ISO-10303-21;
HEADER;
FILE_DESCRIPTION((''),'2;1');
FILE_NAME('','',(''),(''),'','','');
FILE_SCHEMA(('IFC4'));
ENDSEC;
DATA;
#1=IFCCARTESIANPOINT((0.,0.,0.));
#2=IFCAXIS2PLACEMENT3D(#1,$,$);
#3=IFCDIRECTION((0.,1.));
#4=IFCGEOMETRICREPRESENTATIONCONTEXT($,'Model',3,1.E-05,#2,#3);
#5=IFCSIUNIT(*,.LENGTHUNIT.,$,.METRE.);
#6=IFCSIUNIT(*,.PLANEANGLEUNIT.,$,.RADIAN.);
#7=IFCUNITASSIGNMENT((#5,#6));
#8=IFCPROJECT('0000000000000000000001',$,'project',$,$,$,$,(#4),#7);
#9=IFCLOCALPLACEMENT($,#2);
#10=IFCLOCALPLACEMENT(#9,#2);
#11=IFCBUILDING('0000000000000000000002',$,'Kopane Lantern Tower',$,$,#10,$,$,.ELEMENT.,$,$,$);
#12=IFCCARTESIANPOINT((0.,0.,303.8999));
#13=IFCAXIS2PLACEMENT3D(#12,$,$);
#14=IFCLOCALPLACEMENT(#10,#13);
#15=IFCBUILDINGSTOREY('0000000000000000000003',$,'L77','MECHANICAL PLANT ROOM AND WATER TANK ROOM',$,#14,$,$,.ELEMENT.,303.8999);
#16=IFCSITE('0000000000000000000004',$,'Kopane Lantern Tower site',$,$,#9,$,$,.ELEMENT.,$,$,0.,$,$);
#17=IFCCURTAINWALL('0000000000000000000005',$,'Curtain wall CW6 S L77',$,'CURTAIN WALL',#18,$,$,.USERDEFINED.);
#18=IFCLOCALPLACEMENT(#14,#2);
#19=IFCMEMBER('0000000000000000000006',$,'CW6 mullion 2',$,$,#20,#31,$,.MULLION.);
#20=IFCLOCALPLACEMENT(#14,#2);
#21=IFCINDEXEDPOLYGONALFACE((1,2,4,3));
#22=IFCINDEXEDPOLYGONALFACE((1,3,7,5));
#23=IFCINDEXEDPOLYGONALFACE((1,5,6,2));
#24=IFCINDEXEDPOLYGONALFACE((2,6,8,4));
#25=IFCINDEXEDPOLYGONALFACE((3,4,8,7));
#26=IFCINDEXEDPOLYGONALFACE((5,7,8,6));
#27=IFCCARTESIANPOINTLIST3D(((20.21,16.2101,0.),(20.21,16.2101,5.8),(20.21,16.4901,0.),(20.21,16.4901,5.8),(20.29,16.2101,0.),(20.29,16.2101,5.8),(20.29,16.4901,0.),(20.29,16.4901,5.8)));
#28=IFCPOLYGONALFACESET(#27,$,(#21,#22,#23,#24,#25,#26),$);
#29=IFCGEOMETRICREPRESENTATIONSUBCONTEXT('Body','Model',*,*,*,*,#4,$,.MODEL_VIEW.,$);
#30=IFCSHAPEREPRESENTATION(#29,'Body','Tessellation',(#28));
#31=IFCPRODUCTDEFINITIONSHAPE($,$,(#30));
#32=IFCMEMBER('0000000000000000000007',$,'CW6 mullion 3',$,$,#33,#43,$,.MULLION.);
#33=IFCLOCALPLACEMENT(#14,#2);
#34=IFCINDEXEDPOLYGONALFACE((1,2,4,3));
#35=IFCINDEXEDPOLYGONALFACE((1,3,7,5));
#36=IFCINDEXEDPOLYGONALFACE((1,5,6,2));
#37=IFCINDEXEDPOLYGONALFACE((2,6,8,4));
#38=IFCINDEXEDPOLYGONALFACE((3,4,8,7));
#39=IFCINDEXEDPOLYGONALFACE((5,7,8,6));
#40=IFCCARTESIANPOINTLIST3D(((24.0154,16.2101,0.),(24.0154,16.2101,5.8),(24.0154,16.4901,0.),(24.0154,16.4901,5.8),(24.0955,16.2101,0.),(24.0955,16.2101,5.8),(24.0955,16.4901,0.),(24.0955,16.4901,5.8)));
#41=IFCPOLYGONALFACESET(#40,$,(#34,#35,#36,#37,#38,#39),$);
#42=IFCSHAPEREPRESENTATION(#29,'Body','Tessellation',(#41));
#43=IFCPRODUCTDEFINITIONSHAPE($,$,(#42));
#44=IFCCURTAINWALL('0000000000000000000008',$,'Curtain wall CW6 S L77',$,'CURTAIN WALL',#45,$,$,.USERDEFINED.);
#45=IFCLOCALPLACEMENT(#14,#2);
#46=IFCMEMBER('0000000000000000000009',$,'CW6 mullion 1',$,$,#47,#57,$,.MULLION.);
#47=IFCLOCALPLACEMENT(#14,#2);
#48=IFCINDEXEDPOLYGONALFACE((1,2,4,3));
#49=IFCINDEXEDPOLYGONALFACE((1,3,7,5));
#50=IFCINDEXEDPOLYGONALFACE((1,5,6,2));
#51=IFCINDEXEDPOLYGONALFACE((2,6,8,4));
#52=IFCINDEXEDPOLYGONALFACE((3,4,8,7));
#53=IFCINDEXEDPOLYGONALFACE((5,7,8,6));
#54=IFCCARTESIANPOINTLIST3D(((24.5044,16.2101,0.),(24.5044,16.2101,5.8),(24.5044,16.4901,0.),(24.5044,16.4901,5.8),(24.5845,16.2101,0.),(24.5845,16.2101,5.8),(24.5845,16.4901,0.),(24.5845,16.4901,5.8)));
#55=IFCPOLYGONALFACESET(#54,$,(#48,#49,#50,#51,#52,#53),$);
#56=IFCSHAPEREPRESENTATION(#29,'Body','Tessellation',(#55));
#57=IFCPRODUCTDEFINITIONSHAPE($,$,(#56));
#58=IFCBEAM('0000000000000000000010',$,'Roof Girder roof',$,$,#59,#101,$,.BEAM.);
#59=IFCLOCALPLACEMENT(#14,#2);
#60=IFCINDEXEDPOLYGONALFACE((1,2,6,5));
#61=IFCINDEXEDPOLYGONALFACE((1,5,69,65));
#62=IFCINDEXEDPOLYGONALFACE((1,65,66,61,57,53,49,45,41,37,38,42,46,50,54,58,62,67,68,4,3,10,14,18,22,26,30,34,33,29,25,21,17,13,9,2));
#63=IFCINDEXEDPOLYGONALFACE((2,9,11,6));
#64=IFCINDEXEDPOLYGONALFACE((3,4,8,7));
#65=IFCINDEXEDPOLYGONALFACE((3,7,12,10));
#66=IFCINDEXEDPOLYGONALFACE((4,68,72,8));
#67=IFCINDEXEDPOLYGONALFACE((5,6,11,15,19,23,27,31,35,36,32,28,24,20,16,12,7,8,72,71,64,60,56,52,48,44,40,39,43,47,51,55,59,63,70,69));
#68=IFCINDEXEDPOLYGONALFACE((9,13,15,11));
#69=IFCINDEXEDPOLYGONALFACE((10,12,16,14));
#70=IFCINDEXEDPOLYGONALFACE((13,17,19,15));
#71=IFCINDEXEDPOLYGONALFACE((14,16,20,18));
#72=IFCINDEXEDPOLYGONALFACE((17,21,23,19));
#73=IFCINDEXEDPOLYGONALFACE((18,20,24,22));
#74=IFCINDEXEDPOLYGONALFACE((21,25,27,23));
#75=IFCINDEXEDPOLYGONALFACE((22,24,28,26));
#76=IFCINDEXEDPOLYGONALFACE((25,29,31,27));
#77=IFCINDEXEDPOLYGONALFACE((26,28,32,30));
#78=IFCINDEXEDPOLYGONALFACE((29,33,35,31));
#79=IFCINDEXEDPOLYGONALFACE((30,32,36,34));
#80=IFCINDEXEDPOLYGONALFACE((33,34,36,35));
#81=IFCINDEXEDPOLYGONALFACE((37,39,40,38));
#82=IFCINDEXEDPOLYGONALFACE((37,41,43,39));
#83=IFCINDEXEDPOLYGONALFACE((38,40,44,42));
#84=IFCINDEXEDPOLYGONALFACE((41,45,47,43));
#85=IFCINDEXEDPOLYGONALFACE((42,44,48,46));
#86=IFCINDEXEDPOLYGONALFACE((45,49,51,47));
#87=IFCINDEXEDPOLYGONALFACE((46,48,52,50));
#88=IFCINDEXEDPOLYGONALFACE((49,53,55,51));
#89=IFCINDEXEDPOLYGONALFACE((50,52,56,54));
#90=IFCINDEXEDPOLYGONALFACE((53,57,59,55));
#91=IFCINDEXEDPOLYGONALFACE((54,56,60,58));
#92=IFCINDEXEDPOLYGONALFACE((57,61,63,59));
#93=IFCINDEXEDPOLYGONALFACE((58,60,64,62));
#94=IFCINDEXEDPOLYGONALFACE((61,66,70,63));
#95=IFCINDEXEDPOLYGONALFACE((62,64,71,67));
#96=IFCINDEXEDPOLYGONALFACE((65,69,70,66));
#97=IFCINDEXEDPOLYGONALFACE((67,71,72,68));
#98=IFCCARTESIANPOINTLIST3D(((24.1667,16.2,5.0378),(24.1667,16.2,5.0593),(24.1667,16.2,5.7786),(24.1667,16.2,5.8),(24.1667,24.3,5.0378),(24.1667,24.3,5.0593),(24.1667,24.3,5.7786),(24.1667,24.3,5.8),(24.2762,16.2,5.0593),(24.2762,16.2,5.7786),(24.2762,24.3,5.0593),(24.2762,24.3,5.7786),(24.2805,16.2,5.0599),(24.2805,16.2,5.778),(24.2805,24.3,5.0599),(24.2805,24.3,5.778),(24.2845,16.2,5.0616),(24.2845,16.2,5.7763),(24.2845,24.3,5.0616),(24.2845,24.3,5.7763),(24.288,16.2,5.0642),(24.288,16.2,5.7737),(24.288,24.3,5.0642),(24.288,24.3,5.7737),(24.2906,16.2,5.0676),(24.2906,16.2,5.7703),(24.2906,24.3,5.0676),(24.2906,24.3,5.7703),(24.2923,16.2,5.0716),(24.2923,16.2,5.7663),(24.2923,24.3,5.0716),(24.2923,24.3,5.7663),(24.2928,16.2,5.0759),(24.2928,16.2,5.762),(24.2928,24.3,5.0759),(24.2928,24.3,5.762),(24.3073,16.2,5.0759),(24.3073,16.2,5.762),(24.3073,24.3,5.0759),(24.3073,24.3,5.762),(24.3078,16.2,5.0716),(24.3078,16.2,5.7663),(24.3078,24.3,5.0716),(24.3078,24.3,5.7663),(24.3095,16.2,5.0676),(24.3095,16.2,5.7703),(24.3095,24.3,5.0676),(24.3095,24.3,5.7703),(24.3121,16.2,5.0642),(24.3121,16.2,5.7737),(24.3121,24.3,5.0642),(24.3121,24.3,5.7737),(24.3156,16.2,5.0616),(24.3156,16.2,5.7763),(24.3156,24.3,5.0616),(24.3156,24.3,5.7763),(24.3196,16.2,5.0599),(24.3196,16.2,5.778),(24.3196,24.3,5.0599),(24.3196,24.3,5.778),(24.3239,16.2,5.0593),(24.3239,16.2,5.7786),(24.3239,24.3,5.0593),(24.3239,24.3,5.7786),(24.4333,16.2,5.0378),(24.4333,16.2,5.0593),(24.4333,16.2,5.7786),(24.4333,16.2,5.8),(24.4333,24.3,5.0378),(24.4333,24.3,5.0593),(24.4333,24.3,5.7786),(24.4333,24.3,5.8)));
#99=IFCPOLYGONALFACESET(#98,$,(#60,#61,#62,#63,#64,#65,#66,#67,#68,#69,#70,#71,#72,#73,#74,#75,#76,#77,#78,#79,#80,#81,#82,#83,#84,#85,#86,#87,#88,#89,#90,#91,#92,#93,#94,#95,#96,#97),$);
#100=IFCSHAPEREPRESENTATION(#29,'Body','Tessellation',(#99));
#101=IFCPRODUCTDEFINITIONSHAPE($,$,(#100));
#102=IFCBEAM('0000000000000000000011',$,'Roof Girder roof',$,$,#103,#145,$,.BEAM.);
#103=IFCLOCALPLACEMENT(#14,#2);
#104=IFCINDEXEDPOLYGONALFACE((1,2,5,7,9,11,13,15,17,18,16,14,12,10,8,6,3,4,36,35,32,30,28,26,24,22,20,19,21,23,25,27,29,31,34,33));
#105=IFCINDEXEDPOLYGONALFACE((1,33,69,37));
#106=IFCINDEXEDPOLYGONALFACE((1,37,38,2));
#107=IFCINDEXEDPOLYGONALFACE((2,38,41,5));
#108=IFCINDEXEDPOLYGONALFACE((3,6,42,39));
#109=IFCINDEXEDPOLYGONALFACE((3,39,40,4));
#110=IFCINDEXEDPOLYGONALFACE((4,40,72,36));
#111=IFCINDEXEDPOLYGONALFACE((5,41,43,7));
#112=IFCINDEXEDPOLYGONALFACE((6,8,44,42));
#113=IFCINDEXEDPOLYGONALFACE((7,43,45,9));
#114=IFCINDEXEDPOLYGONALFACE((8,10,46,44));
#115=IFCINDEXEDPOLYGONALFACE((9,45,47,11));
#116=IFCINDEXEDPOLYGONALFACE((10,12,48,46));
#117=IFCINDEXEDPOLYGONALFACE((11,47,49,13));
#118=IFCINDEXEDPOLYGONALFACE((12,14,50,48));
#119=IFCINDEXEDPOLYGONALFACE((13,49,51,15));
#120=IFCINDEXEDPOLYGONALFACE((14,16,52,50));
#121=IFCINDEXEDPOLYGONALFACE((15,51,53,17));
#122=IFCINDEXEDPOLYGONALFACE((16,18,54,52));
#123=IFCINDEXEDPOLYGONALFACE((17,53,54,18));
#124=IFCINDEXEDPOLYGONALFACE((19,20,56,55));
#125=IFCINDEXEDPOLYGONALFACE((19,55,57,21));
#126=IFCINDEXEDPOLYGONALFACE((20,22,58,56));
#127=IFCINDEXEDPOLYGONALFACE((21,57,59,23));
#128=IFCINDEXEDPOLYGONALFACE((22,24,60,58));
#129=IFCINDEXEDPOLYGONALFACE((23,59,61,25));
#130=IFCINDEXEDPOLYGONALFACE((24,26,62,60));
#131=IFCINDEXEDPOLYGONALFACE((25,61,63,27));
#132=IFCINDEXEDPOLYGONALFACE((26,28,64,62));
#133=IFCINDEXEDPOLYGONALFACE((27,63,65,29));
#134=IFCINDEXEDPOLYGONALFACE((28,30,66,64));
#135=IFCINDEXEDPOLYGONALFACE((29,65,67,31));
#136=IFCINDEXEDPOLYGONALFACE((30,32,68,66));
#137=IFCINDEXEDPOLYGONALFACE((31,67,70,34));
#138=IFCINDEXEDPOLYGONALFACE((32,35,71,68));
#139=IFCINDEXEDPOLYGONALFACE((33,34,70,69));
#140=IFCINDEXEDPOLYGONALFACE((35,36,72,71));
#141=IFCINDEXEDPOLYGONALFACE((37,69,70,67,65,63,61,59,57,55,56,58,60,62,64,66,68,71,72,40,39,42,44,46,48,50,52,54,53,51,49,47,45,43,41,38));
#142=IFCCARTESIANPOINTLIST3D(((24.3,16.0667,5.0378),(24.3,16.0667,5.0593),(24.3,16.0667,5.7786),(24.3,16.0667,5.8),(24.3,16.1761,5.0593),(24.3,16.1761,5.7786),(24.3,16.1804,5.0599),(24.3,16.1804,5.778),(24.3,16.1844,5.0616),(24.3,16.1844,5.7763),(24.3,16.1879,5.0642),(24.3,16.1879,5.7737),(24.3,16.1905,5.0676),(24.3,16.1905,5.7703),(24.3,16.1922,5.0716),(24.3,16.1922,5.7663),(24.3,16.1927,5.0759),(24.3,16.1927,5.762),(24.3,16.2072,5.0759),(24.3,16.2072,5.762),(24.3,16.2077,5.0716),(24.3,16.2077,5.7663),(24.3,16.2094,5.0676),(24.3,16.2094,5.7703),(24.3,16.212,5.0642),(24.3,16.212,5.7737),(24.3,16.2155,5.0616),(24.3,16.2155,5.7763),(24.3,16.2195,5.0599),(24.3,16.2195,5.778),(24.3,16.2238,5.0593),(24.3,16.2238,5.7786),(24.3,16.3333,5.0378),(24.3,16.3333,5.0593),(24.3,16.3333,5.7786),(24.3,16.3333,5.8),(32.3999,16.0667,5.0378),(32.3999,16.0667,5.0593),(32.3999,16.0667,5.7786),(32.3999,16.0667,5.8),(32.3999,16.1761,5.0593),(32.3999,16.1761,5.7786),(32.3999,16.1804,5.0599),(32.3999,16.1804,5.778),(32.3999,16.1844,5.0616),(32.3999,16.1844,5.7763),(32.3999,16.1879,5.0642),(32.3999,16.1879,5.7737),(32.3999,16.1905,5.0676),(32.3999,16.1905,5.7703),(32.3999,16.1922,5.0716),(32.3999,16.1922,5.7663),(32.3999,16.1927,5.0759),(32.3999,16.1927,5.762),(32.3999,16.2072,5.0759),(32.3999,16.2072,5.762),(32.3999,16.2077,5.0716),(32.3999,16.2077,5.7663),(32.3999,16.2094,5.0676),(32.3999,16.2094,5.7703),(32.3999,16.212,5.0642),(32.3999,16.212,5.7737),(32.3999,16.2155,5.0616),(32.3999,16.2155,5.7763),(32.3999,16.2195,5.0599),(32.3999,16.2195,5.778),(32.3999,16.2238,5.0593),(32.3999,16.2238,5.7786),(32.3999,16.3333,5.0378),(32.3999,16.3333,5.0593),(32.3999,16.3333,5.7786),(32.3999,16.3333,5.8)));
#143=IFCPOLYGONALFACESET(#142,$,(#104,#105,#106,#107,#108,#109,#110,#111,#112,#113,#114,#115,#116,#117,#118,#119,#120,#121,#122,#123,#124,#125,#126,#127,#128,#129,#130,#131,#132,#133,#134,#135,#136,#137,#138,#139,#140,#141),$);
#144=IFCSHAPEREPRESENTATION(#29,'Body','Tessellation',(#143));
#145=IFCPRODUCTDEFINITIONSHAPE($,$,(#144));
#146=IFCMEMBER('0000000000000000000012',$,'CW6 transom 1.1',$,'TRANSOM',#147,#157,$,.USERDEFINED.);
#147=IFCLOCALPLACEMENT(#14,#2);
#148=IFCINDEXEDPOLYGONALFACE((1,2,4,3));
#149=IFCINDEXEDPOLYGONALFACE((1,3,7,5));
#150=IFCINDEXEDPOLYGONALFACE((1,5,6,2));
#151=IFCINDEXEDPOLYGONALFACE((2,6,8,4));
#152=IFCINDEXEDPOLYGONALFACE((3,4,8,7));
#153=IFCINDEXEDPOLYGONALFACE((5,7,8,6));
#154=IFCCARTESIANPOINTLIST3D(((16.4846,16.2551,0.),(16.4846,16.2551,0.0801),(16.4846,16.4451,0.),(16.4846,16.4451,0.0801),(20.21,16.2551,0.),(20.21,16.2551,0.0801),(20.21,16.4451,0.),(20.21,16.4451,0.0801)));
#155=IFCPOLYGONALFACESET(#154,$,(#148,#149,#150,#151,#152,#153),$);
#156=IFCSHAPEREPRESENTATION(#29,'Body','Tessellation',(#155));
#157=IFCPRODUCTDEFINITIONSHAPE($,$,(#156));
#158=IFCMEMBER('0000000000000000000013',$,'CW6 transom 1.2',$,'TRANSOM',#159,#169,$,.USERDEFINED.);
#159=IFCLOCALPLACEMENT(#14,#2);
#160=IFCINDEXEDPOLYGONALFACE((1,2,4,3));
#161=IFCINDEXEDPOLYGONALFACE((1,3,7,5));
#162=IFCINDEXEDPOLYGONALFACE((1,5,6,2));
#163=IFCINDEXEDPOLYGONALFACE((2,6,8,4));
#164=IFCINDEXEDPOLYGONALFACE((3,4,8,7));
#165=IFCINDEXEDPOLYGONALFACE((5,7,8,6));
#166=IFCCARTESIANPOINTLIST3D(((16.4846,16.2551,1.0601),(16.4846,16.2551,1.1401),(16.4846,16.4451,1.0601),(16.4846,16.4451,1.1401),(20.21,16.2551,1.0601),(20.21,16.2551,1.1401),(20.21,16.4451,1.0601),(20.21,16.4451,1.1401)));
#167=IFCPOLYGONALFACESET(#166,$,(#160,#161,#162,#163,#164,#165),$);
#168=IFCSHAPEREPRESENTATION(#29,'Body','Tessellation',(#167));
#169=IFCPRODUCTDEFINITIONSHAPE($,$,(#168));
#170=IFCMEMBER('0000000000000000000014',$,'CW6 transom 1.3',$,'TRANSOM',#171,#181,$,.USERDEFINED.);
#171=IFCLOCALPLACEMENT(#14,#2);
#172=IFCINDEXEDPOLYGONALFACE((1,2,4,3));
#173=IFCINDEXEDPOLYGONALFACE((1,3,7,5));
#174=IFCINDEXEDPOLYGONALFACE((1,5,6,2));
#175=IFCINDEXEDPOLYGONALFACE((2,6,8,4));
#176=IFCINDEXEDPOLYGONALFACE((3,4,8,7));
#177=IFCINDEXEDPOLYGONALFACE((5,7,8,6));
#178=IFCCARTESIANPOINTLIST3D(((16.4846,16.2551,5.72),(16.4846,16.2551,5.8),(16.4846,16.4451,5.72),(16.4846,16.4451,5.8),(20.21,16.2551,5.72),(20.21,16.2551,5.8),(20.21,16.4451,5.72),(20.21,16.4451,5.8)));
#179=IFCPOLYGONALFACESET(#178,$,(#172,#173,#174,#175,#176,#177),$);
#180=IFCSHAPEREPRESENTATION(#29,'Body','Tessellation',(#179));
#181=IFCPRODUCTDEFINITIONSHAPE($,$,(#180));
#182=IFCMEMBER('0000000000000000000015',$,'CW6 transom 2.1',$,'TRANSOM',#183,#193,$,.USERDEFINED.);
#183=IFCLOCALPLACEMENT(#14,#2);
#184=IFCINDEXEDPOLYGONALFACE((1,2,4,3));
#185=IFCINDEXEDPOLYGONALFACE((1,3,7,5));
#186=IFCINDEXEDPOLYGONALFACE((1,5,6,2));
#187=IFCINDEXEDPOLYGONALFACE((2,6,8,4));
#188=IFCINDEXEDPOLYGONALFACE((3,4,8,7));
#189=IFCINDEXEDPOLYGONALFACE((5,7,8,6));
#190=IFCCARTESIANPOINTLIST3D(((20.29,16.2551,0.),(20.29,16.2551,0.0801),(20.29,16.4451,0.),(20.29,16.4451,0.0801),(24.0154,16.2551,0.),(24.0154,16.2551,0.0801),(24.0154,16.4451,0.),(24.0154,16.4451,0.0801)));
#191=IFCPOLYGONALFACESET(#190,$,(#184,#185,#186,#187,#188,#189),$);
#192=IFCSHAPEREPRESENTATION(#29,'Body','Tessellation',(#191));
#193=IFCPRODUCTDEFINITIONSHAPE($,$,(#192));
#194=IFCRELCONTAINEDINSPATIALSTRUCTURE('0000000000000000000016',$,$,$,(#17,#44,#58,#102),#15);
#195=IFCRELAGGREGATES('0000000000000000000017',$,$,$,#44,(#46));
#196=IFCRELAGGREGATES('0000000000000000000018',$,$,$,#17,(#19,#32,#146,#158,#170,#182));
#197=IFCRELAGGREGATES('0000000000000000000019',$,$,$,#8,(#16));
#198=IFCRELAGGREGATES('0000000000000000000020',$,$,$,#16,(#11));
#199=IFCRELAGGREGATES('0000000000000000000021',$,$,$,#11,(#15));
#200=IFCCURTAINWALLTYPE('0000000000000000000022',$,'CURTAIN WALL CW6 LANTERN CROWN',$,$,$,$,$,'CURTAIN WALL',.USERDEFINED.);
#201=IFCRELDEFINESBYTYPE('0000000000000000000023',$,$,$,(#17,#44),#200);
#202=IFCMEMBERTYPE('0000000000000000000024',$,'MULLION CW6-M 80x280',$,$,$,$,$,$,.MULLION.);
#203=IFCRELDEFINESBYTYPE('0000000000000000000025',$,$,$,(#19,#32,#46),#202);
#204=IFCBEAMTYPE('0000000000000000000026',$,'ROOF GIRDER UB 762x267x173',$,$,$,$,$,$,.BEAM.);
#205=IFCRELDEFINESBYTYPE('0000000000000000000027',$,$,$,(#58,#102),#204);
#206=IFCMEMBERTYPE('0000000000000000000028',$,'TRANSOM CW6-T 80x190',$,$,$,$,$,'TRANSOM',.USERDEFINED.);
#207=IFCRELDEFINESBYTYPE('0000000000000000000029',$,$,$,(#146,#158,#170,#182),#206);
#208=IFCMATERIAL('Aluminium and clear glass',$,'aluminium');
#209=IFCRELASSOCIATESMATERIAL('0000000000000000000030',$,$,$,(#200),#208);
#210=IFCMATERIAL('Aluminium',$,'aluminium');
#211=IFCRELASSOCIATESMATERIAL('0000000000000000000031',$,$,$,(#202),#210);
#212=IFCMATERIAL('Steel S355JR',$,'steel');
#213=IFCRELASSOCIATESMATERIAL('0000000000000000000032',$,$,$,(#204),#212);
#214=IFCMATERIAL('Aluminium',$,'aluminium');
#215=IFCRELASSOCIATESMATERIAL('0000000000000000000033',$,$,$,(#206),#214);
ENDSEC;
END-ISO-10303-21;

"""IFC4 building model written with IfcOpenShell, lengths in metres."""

from ifc_helpers import new_model, si_unit, direction, frame, origin, origin_2d, place, context, subcontext, project, spatial, rectangle, i_section, extrude, material, material_profile, profile_set, type_object, element, aggregate, save


model = new_model("IFC4")

# Units and contexts
model_context = context("Model", 3, precision=1e-05, world=origin(), true_north=direction((0.0, 1.0)))
body_context = subcontext(model_context, "Body", "Model", "MODEL_VIEW")
ifc_project = project(units=[si_unit("LENGTHUNIT", "METRE"), si_unit("PLANEANGLEUNIT", "RADIAN")], contexts=[model_context])

# Site, building, storey
site_placement = place(None, origin())
site = spatial("IfcSite", under=ifc_project, at=site_placement, Name="Kopane Lantern Tower site", CompositionType="ELEMENT", RefElevation=0.0)
building_placement = place(site_placement, origin())
building = spatial("IfcBuilding", under=site, at=building_placement, Name="Kopane Lantern Tower", CompositionType="ELEMENT")
storey_placement = place(building_placement, frame((0.0, 0.0, 303.8999)))
storey = spatial("IfcBuildingStorey", under=building, at=storey_placement, Name="L77", Description="MECHANICAL PLANT ROOM AND WATER TANK ROOM", CompositionType="ELEMENT", Elevation=303.8999)

# Curtain wall, members
ifc_material_1 = material(Name="Aluminium and clear glass", Category="aluminium")
curtain_wall_type = type_object("IfcCurtainWallType", Name="CURTAIN WALL CW6 LANTERN CROWN", ElementType="CURTAIN WALL", PredefinedType="USERDEFINED", material=ifc_material_1)
curtain_wall_1_placement = place(storey_placement, origin())
curtain_wall_1 = element("IfcCurtainWall", 1, at=curtain_wall_1_placement, inside=storey, type_object=curtain_wall_type, Name="Curtain wall CW6 S L77", ObjectType="CURTAIN WALL", PredefinedType="USERDEFINED")
ifc_material_2 = material(Name="Aluminium", Category="aluminium")
ifc_material_profile_1 = material_profile(ifc_material_2, rectangle(XDim=0.0801, YDim=0.28, at=origin_2d()), Name="AL 80x280")
ifc_profile_set_1 = profile_set([ifc_material_profile_1], Name="Aluminium")
member_type_1 = type_object("IfcMemberType", Name="MULLION CW6-M 80x280", PredefinedType="MULLION", material=ifc_profile_set_1)
member_1_placement = place(storey_placement, frame((20.25, 16.3501, 0.0), z_axis=(0.0, 0.0, 1.0), x_axis=(1.0, 0.0, 0.0)))
member_1 = element("IfcMember", 2, at=member_1_placement, type_object=member_type_1, Name="CW6 mullion 2", PredefinedType="MULLION", context=body_context, shape_type="SweptSolid", body=[
    extrude(rectangle(XDim=0.0801, YDim=0.28, at=origin_2d()), origin(), (0.0, 0.0, 1.0), 5.8),
])
member_2_placement = place(storey_placement, frame((24.0554, 16.3501, 0.0), z_axis=(0.0, 0.0, 1.0), x_axis=(1.0, 0.0, 0.0)))
member_2 = element("IfcMember", 3, at=member_2_placement, type_object=member_type_1, Name="CW6 mullion 3", PredefinedType="MULLION", context=body_context, shape_type="SweptSolid", body=[
    extrude(rectangle(XDim=0.0801, YDim=0.28, at=origin_2d()), origin(), (0.0, 0.0, 1.0), 5.8),
])

# Curtain wall, member
curtain_wall_2_placement = place(storey_placement, origin())
curtain_wall_2 = element("IfcCurtainWall", 4, at=curtain_wall_2_placement, inside=storey, type_object=curtain_wall_type, Name="Curtain wall CW6 S L77", ObjectType="CURTAIN WALL", PredefinedType="USERDEFINED")
member_3_placement = place(storey_placement, frame((24.5444, 16.3501, 0.0), z_axis=(0.0, 0.0, 1.0), x_axis=(1.0, 0.0, 0.0)))
member_3 = element("IfcMember", 5, at=member_3_placement, type_object=member_type_1, Name="CW6 mullion 1", PredefinedType="MULLION", context=body_context, shape_type="SweptSolid", body=[
    extrude(rectangle(XDim=0.0801, YDim=0.28, at=origin_2d()), origin(), (0.0, 0.0, 1.0), 5.8),
])

# Beams
ifc_material_3 = material(Name="Steel S355JR", Category="steel")
ifc_material_profile_2 = material_profile(ifc_material_3, i_section(OverallWidth=0.2666, OverallDepth=0.7622, WebThickness=0.0144, FlangeThickness=0.0215, FilletRadius=0.0166, at=origin_2d()), Name="UB 762x267x173")
ifc_profile_set_2 = profile_set([ifc_material_profile_2], Name="Steel S355JR")
beam_type_1 = type_object("IfcBeamType", Name="ROOF GIRDER UB 762x267x173", PredefinedType="BEAM", material=ifc_profile_set_2)
beam_1_placement = place(storey_placement, frame((24.3, 16.2, 5.4189), z_axis=(0.0, 1.0, 0.0), x_axis=(-1.0, 0.0, 0.0)))
element("IfcBeam", 6, at=beam_1_placement, inside=storey, type_object=beam_type_1, Name="Roof Girder roof", PredefinedType="BEAM", context=body_context, shape_type="SweptSolid", body=[
    extrude(i_section(OverallWidth=0.2666, OverallDepth=0.7622, WebThickness=0.0144, FlangeThickness=0.0215, FilletRadius=0.0166, at=origin_2d()), origin(), (0.0, 0.0, 1.0), 8.1001),
])
beam_2_placement = place(storey_placement, frame((24.3, 16.2, 5.4189), z_axis=(1.0, 0.0, 0.0), x_axis=(0.0, 1.0, 0.0)))
element("IfcBeam", 7, at=beam_2_placement, inside=storey, type_object=beam_type_1, Name="Roof Girder roof", PredefinedType="BEAM", context=body_context, shape_type="SweptSolid", body=[
    extrude(i_section(OverallWidth=0.2666, OverallDepth=0.7622, WebThickness=0.0144, FlangeThickness=0.0215, FilletRadius=0.0166, at=origin_2d()), origin(), (0.0, 0.0, 1.0), 8.0999),
])

# Members
ifc_material_4 = material(Name="Aluminium", Category="aluminium")
ifc_material_profile_3 = material_profile(ifc_material_4, rectangle(XDim=0.1899, YDim=0.0801, at=origin_2d()), Name="AL 190x80")
ifc_profile_set_3 = profile_set([ifc_material_profile_3], Name="Aluminium")
member_type_2 = type_object("IfcMemberType", Name="TRANSOM CW6-T 80x190", ElementType="TRANSOM", PredefinedType="USERDEFINED", material=ifc_profile_set_3)
member_4_placement = place(storey_placement, frame((16.4846, 16.3501, 0.04), z_axis=(1.0, 0.0, 0.0), x_axis=(0.0, 1.0, 0.0)))
member_4 = element("IfcMember", 8, at=member_4_placement, type_object=member_type_2, Name="CW6 transom 1.1", ObjectType="TRANSOM", PredefinedType="USERDEFINED", context=body_context, shape_type="SweptSolid", body=[
    extrude(rectangle(XDim=0.1899, YDim=0.0801, at=origin_2d()), origin(), (0.0, 0.0, 1.0), 3.7253),
])
member_5_placement = place(storey_placement, frame((16.4846, 16.3501, 1.1001), z_axis=(1.0, 0.0, 0.0), x_axis=(0.0, 1.0, 0.0)))
member_5 = element("IfcMember", 9, at=member_5_placement, type_object=member_type_2, Name="CW6 transom 1.2", ObjectType="TRANSOM", PredefinedType="USERDEFINED", context=body_context, shape_type="SweptSolid", body=[
    extrude(rectangle(XDim=0.1899, YDim=0.0801, at=origin_2d()), origin(), (0.0, 0.0, 1.0), 3.7253),
])
member_6_placement = place(storey_placement, frame((16.4846, 16.3501, 5.76), z_axis=(1.0, 0.0, 0.0), x_axis=(0.0, 1.0, 0.0)))
member_6 = element("IfcMember", 10, at=member_6_placement, type_object=member_type_2, Name="CW6 transom 1.3", ObjectType="TRANSOM", PredefinedType="USERDEFINED", context=body_context, shape_type="SweptSolid", body=[
    extrude(rectangle(XDim=0.1899, YDim=0.0801, at=origin_2d()), origin(), (0.0, 0.0, 1.0), 3.7253),
])
member_7_placement = place(storey_placement, frame((20.29, 16.3501, 0.04), z_axis=(1.0, 0.0, 0.0), x_axis=(0.0, 1.0, 0.0)))
member_7 = element("IfcMember", 11, at=member_7_placement, type_object=member_type_2, Name="CW6 transom 2.1", ObjectType="TRANSOM", PredefinedType="USERDEFINED", context=body_context, shape_type="SweptSolid", body=[
    extrude(rectangle(XDim=0.1899, YDim=0.0801, at=origin_2d()), origin(), (0.0, 0.0, 1.0), 3.7253),
])
aggregate(curtain_wall_2, [member_3])

aggregate(curtain_wall_1, [member_1, member_2, member_4, member_5, member_6, member_7])

save(model, "model.ifc")
